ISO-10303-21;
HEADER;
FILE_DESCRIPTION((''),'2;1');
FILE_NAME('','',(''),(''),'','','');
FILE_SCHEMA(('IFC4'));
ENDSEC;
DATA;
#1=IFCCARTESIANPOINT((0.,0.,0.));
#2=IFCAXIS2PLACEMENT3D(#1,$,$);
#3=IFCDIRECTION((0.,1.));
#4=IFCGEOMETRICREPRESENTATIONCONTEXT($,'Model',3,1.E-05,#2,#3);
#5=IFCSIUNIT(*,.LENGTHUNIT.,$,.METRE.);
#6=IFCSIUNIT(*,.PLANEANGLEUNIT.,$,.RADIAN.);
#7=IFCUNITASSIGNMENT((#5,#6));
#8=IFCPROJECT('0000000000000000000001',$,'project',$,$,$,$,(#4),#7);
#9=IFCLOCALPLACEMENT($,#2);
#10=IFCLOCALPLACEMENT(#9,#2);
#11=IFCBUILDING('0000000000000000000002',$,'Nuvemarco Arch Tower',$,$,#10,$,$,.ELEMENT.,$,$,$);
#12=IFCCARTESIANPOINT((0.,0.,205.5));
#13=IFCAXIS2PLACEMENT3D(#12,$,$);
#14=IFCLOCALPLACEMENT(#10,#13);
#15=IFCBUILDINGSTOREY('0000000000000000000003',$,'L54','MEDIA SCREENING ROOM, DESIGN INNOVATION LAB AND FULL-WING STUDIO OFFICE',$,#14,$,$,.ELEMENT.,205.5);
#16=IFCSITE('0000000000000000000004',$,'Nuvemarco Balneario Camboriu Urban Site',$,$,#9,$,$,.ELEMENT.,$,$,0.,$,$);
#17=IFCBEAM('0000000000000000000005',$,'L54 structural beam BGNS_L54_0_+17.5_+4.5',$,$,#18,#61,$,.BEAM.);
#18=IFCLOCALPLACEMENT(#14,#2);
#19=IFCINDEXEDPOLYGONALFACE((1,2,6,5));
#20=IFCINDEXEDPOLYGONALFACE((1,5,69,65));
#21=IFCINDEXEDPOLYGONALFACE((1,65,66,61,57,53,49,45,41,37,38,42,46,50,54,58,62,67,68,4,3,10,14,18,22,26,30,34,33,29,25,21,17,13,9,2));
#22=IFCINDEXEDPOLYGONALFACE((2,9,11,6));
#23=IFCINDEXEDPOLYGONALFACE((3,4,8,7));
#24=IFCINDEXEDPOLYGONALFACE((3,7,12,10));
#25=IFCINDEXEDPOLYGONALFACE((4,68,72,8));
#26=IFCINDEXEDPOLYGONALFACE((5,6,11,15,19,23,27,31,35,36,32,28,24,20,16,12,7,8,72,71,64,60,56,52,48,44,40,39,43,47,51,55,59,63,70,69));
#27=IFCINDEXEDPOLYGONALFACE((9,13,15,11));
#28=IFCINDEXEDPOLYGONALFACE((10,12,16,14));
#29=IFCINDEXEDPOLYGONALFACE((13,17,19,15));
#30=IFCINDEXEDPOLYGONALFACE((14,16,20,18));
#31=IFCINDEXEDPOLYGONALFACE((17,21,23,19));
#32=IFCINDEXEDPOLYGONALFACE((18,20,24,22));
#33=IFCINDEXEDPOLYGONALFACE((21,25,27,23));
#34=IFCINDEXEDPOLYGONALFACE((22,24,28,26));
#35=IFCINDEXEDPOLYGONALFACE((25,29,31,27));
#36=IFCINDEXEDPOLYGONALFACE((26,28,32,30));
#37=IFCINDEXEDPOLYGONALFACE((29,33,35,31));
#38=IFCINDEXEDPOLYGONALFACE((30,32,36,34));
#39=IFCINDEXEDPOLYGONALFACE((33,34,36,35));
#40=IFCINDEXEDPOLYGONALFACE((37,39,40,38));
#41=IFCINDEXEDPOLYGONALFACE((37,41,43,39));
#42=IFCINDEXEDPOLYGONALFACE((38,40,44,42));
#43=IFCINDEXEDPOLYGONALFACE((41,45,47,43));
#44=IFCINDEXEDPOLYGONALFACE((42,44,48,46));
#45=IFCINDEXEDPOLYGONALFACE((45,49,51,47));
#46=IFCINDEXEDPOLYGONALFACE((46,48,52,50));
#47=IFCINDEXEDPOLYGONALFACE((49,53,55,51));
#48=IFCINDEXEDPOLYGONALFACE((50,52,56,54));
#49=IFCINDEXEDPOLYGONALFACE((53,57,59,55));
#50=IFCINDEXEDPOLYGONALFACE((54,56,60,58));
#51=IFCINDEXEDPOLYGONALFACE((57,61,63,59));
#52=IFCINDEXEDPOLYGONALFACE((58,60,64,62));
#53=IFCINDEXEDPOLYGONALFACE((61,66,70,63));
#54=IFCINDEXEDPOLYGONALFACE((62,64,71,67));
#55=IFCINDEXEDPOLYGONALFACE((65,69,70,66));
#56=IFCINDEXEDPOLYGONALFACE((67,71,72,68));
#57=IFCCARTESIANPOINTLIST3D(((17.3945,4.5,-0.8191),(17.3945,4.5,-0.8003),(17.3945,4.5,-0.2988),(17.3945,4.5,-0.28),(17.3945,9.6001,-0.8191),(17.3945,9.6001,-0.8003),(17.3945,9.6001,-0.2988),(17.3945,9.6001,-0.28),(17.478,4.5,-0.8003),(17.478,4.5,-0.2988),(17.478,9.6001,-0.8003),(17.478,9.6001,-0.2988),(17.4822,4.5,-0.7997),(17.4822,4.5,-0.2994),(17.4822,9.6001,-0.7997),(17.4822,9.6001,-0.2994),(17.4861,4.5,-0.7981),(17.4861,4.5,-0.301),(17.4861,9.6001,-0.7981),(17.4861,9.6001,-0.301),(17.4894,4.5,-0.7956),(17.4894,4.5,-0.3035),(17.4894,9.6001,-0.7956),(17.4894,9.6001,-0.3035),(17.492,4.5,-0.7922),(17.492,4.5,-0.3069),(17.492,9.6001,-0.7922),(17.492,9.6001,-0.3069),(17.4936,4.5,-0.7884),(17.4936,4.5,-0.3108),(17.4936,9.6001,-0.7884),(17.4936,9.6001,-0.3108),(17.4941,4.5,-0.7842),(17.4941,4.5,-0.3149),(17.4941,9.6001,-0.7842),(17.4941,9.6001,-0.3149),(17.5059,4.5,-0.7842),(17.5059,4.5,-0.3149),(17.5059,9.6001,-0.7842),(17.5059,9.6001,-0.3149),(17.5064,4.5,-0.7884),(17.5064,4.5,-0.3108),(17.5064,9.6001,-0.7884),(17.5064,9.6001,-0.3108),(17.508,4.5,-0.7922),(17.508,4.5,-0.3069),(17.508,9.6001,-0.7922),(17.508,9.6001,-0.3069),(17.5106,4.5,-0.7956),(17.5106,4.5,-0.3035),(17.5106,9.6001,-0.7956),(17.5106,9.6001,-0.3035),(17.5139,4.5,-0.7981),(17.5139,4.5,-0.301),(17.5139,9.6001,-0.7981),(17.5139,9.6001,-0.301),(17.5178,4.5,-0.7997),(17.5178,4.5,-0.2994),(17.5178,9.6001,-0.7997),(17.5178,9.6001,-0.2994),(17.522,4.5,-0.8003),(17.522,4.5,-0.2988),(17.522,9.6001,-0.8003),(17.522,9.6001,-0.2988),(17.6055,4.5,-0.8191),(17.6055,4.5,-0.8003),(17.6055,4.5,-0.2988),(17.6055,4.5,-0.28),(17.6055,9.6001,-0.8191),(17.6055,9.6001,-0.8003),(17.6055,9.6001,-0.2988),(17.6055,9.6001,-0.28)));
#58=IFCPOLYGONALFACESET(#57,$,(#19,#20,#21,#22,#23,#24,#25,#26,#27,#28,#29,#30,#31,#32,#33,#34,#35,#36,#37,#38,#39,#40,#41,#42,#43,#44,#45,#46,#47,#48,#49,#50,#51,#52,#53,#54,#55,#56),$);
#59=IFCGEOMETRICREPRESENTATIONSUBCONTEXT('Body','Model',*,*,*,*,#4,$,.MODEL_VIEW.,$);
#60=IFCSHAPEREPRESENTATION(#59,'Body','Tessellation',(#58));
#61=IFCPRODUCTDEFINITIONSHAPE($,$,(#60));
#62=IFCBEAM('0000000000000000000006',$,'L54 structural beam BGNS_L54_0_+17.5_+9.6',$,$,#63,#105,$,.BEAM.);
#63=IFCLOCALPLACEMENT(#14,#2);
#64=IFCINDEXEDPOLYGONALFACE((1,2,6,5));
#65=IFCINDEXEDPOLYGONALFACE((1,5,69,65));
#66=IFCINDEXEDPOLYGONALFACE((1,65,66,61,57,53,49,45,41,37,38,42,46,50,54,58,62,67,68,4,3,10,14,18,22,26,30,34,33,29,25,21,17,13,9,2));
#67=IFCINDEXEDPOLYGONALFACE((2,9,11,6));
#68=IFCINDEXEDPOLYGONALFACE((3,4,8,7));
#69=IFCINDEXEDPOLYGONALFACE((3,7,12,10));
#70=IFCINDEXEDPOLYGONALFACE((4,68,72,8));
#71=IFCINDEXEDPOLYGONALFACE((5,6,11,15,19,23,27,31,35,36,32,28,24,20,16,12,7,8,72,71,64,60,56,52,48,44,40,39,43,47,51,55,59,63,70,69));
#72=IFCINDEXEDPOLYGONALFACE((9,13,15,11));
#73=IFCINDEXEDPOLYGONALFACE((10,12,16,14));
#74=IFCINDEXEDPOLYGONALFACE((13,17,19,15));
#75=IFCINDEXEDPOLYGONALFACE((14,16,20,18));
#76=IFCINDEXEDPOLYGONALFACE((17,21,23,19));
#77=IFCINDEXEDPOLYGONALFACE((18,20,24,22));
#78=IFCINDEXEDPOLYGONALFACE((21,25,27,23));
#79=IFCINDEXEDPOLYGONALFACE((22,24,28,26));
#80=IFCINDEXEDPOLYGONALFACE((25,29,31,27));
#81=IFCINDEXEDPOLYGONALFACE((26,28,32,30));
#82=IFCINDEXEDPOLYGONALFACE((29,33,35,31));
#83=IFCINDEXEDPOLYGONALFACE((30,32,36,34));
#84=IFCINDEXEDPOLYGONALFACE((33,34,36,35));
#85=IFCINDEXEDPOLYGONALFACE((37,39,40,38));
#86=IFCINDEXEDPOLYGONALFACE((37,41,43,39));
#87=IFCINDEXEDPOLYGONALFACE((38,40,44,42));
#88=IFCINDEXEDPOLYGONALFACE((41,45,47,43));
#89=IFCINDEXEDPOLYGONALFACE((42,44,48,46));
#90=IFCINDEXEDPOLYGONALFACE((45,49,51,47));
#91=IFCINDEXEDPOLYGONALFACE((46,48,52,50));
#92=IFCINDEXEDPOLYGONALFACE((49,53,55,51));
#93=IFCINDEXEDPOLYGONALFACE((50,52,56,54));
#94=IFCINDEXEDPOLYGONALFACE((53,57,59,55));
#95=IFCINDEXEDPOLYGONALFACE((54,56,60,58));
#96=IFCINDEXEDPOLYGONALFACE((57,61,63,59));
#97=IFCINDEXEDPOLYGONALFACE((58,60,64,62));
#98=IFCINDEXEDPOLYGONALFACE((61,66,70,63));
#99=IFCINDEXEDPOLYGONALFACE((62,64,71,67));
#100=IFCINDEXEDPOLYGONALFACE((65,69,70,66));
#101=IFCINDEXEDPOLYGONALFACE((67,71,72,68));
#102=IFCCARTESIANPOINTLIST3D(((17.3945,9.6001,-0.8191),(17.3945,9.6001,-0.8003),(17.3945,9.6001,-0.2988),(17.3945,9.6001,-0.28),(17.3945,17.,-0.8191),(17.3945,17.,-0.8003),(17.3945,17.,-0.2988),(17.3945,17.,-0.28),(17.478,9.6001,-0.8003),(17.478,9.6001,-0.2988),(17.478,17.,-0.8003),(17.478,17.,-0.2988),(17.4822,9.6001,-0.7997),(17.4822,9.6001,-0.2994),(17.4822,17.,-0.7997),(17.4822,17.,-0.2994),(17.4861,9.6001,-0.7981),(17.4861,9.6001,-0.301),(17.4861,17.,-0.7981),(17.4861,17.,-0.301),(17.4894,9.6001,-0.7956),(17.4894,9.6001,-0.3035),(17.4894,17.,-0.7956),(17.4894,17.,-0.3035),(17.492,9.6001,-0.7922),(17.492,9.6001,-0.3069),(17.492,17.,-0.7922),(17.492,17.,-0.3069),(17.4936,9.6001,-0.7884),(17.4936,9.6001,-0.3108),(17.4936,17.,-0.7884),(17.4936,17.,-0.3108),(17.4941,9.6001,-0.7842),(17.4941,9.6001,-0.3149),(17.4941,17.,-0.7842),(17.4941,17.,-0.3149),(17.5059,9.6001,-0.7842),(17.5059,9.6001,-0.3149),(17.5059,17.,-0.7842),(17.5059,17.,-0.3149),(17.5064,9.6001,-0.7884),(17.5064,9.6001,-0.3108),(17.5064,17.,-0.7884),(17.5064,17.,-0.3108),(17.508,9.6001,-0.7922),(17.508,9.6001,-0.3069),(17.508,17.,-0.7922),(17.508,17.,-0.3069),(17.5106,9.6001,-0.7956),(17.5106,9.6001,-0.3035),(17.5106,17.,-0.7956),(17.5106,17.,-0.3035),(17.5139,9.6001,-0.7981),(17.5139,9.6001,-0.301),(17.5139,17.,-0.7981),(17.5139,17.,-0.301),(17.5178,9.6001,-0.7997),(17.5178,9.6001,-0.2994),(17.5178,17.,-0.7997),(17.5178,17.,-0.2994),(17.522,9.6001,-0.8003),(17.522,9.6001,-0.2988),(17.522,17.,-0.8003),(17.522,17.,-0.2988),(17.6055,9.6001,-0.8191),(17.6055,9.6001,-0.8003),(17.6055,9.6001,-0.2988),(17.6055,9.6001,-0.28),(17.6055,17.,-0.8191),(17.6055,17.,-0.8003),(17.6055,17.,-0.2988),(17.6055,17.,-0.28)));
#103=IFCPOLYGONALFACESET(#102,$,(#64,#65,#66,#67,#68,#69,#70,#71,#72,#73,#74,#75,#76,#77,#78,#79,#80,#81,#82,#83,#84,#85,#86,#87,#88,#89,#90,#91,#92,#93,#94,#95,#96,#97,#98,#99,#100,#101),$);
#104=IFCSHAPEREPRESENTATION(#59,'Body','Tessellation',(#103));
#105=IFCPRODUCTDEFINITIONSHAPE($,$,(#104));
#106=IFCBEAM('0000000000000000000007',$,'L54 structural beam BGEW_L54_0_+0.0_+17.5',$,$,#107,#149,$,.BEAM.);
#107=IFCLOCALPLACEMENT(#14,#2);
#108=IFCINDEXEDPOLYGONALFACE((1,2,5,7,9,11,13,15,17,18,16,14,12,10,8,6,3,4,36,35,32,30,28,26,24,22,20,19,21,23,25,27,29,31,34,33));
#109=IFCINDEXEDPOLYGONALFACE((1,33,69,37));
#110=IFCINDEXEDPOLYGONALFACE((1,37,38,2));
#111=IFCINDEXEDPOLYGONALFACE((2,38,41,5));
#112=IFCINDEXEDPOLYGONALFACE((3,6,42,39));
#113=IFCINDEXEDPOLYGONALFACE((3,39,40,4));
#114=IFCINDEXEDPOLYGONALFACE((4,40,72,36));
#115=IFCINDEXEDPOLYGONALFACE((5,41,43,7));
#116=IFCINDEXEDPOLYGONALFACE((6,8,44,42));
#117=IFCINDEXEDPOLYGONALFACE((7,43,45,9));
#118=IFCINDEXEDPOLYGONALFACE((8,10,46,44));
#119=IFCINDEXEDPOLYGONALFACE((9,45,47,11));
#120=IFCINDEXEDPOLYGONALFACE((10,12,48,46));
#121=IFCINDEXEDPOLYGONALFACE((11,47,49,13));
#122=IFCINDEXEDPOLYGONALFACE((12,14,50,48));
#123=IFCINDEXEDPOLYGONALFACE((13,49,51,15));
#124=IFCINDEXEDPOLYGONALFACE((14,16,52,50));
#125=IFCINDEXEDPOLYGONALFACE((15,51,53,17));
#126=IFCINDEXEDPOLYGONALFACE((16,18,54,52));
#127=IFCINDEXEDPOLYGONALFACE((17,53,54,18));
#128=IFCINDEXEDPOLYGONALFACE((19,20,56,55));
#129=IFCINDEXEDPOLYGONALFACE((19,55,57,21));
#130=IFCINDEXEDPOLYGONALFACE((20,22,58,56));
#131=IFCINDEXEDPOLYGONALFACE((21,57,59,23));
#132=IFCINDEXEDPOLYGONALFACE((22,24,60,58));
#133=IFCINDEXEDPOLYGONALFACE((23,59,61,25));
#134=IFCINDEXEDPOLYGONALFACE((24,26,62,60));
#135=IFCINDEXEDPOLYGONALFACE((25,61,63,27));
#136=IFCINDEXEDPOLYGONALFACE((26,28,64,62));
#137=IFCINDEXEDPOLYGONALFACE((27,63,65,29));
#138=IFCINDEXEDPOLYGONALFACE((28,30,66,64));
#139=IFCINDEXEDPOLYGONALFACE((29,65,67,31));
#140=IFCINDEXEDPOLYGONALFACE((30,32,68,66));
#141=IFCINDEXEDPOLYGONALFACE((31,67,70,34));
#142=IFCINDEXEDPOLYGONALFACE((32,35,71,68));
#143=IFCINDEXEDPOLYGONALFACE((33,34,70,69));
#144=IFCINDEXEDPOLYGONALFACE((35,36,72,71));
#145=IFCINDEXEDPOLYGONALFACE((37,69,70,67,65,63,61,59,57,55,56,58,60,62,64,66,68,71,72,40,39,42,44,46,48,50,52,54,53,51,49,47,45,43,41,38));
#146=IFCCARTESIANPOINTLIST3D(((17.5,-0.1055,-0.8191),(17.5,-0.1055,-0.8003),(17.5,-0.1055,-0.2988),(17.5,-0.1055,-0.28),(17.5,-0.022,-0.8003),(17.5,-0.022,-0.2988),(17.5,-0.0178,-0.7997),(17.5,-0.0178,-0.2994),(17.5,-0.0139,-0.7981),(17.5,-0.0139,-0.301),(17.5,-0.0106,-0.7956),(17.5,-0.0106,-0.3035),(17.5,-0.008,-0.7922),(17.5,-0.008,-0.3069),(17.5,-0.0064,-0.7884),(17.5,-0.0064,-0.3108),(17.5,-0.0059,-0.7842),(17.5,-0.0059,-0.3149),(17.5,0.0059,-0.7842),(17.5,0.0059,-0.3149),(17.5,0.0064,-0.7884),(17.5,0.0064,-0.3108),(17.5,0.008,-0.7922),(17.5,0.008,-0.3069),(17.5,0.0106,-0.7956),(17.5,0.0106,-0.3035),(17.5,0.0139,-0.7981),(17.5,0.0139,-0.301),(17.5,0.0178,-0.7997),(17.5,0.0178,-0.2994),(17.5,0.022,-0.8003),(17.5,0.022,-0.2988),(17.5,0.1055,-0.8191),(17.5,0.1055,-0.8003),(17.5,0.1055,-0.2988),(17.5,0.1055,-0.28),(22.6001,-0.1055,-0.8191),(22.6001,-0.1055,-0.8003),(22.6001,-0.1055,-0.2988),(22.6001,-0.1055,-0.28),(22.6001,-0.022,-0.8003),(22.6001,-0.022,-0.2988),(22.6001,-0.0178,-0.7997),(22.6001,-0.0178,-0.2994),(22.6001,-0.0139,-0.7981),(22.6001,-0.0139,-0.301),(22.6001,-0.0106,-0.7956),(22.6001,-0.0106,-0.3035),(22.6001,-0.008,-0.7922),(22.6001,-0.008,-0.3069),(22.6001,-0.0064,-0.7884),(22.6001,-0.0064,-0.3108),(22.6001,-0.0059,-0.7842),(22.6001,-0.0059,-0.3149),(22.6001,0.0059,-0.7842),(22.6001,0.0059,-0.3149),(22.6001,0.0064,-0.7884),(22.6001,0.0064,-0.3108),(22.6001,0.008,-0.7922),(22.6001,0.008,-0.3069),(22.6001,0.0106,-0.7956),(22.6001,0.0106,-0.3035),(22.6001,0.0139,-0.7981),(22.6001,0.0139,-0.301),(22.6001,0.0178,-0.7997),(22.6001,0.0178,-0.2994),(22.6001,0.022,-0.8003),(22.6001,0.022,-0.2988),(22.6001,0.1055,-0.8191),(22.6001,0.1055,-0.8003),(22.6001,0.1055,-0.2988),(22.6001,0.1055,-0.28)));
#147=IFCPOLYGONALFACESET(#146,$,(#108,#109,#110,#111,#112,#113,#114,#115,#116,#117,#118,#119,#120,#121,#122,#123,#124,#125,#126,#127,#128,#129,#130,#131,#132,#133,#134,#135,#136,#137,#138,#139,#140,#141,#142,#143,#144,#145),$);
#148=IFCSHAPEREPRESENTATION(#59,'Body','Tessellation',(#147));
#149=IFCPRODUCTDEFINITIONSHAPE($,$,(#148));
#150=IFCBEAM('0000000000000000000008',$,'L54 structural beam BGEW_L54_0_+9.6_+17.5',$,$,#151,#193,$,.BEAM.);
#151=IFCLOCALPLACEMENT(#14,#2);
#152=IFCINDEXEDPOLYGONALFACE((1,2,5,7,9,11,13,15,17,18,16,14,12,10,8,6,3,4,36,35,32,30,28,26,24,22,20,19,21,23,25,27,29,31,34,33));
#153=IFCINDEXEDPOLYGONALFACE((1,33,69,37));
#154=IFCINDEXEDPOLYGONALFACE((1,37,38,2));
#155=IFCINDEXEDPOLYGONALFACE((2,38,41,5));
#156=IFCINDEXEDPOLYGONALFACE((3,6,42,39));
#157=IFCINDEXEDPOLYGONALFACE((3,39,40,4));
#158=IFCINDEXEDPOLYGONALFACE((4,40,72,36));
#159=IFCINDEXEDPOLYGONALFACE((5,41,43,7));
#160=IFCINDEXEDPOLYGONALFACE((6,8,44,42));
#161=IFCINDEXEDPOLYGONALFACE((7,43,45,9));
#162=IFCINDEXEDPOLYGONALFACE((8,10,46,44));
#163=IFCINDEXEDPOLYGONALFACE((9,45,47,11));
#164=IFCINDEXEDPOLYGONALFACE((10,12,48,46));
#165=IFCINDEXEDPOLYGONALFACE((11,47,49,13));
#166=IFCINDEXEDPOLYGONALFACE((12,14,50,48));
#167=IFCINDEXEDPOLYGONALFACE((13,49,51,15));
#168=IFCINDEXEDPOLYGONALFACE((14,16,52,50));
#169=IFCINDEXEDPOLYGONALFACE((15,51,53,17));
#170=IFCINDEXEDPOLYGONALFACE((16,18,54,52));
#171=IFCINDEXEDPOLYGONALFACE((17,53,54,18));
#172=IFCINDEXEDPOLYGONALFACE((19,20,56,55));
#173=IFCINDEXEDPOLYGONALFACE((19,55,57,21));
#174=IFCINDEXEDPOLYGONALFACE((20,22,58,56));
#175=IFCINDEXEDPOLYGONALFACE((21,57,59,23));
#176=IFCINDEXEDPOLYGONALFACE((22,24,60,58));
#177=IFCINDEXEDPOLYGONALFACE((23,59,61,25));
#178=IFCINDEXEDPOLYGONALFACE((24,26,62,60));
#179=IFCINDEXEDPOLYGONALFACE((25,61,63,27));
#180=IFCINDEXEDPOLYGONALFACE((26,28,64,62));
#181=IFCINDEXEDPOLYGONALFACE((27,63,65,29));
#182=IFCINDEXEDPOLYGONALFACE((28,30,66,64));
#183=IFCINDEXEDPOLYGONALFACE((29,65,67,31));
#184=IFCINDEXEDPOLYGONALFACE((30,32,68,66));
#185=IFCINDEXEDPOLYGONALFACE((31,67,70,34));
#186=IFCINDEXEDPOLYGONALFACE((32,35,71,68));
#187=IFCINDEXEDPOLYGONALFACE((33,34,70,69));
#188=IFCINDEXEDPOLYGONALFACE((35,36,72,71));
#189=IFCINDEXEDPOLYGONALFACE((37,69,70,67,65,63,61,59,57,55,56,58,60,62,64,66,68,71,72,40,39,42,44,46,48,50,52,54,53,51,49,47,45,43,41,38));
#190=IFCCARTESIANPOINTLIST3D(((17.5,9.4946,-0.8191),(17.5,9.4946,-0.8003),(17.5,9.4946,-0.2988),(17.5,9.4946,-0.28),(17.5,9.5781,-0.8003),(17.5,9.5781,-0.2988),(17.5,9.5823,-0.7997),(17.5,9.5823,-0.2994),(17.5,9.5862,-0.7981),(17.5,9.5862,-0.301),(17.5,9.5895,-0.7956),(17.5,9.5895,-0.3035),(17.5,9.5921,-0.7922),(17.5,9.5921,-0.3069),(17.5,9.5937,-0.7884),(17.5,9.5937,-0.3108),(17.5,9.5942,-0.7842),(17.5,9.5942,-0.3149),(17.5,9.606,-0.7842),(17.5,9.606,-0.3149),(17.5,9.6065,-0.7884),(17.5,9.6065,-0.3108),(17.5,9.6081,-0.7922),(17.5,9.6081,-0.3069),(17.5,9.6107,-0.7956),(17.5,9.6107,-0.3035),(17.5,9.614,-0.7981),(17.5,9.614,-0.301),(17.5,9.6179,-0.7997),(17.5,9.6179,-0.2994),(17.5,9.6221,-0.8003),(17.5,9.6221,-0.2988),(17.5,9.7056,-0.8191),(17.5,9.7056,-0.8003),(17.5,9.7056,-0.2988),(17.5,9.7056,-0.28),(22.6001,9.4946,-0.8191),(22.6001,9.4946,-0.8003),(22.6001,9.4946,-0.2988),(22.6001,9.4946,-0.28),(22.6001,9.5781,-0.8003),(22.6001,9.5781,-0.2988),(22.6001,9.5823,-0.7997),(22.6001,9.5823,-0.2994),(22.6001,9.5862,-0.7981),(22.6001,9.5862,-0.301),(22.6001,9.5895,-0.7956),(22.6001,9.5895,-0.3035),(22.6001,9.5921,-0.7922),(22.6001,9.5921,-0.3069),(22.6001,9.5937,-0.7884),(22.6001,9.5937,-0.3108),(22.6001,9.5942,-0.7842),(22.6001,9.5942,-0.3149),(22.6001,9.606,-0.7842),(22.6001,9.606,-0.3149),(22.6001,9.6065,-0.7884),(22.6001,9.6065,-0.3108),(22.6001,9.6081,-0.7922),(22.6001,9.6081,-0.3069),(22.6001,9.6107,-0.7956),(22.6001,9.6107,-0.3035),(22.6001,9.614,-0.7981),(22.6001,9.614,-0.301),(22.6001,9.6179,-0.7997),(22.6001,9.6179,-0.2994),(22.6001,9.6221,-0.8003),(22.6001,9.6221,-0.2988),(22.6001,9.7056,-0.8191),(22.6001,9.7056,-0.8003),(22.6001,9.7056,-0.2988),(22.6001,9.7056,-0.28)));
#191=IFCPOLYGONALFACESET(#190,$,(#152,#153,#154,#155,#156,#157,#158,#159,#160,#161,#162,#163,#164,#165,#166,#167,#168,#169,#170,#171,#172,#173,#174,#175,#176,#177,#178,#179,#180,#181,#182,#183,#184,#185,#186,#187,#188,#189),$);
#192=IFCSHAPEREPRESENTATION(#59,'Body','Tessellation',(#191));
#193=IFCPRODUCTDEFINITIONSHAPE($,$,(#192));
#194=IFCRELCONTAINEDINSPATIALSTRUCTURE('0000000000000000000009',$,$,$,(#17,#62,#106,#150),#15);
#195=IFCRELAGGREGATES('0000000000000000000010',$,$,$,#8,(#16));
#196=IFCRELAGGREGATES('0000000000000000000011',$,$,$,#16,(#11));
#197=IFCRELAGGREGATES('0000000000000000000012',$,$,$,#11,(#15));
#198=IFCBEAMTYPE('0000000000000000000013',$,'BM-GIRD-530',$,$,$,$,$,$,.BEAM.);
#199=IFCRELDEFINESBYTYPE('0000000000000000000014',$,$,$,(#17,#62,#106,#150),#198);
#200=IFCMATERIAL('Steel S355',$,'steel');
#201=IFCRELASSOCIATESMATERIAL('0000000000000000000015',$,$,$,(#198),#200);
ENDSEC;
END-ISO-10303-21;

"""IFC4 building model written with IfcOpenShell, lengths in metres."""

from ifc_helpers import new_model, si_unit, direction, frame, origin, origin_2d, place, context, subcontext, project, spatial, i_section, extrude, material, material_profile, profile_set, type_object, element, save


model = new_model("IFC4")

# Units and contexts
model_context = context("Model", 3, precision=1e-05, world=origin(), true_north=direction((0.0, 1.0)))
body_context = subcontext(model_context, "Body", "Model", "MODEL_VIEW")
ifc_project = project(units=[si_unit("LENGTHUNIT", "METRE"), si_unit("PLANEANGLEUNIT", "RADIAN")], contexts=[model_context])

# Site, building, storey
site_placement = place(None, origin())
site = spatial("IfcSite", under=ifc_project, at=site_placement, Name="Nuvemarco Balneario Camboriu Urban Site", CompositionType="ELEMENT", RefElevation=0.0)
building_placement = place(site_placement, origin())
building = spatial("IfcBuilding", under=site, at=building_placement, Name="Nuvemarco Arch Tower", CompositionType="ELEMENT")
storey_placement = place(building_placement, frame((0.0, 0.0, 205.5)))
storey = spatial("IfcBuildingStorey", under=building, at=storey_placement, Name="L54", Description="MEDIA SCREENING ROOM, DESIGN INNOVATION LAB AND FULL-WING STUDIO OFFICE", CompositionType="ELEMENT", Elevation=205.5)

# Shared definitions
ifc_material_1 = material(Name="Steel S355", Category="steel")

# Beams
ifc_material_profile_1 = material_profile(ifc_material_1, i_section(OverallWidth=0.2109, OverallDepth=0.5391, WebThickness=0.0117, FlangeThickness=0.0188, FilletRadius=0.0161, at=origin_2d()), Name="W530x109")
ifc_profile_set_1 = profile_set([ifc_material_profile_1], Name="Steel S355")
beam_type_1 = type_object("IfcBeamType", Name="BM-GIRD-530", PredefinedType="BEAM", material=ifc_profile_set_1)
beam_1_placement = place(storey_placement, frame((17.5, 4.5, -0.5496), z_axis=(0.0, 1.0, 0.0), x_axis=(-1.0, 0.0, 0.0)))
element("IfcBeam", 1, at=beam_1_placement, inside=storey, type_object=beam_type_1, Name="L54 structural beam BGNS_L54_0_+17.5_+4.5", PredefinedType="BEAM", context=body_context, shape_type="SweptSolid", body=[
    extrude(i_section(OverallWidth=0.2109, OverallDepth=0.5391, WebThickness=0.0117, FlangeThickness=0.0188, FilletRadius=0.0161, at=origin_2d()), origin(), (0.0, 0.0, 1.0), 5.1001),
])
beam_2_placement = place(storey_placement, frame((17.5, 9.6001, -0.5496), z_axis=(0.0, 1.0, 0.0), x_axis=(-1.0, 0.0, 0.0)))
element("IfcBeam", 2, at=beam_2_placement, inside=storey, type_object=beam_type_1, Name="L54 structural beam BGNS_L54_0_+17.5_+9.6", PredefinedType="BEAM", context=body_context, shape_type="SweptSolid", body=[
    extrude(i_section(OverallWidth=0.2109, OverallDepth=0.5391, WebThickness=0.0117, FlangeThickness=0.0188, FilletRadius=0.0161, at=origin_2d()), origin(), (0.0, 0.0, 1.0), 7.3999),
])
for number, where, z_axis, x_axis, name in (
    (3, (17.5, 0.0, -0.5496), (1.0, 0.0, 0.0), (0.0, 1.0, 0.0), "L54 structural beam BGEW_L54_0_+0.0_+17.5"),
    (4, (17.5, 9.6001, -0.5496), (1.0, 0.0, 0.0), (0.0, 1.0, 0.0), "L54 structural beam BGEW_L54_0_+9.6_+17.5"),
):
    element("IfcBeam", number, at=place(storey_placement, frame(where, z_axis=z_axis, x_axis=x_axis)), inside=storey, type_object=beam_type_1, Name=name, PredefinedType="BEAM", context=body_context, shape_type="SweptSolid", body=[
        extrude(i_section(OverallWidth=0.2109, OverallDepth=0.5391, WebThickness=0.0117, FlangeThickness=0.0188, FilletRadius=0.0161, at=origin_2d()), origin(), (0.0, 0.0, 1.0), 5.1001),
    ])

save(model, "model.ifc")
